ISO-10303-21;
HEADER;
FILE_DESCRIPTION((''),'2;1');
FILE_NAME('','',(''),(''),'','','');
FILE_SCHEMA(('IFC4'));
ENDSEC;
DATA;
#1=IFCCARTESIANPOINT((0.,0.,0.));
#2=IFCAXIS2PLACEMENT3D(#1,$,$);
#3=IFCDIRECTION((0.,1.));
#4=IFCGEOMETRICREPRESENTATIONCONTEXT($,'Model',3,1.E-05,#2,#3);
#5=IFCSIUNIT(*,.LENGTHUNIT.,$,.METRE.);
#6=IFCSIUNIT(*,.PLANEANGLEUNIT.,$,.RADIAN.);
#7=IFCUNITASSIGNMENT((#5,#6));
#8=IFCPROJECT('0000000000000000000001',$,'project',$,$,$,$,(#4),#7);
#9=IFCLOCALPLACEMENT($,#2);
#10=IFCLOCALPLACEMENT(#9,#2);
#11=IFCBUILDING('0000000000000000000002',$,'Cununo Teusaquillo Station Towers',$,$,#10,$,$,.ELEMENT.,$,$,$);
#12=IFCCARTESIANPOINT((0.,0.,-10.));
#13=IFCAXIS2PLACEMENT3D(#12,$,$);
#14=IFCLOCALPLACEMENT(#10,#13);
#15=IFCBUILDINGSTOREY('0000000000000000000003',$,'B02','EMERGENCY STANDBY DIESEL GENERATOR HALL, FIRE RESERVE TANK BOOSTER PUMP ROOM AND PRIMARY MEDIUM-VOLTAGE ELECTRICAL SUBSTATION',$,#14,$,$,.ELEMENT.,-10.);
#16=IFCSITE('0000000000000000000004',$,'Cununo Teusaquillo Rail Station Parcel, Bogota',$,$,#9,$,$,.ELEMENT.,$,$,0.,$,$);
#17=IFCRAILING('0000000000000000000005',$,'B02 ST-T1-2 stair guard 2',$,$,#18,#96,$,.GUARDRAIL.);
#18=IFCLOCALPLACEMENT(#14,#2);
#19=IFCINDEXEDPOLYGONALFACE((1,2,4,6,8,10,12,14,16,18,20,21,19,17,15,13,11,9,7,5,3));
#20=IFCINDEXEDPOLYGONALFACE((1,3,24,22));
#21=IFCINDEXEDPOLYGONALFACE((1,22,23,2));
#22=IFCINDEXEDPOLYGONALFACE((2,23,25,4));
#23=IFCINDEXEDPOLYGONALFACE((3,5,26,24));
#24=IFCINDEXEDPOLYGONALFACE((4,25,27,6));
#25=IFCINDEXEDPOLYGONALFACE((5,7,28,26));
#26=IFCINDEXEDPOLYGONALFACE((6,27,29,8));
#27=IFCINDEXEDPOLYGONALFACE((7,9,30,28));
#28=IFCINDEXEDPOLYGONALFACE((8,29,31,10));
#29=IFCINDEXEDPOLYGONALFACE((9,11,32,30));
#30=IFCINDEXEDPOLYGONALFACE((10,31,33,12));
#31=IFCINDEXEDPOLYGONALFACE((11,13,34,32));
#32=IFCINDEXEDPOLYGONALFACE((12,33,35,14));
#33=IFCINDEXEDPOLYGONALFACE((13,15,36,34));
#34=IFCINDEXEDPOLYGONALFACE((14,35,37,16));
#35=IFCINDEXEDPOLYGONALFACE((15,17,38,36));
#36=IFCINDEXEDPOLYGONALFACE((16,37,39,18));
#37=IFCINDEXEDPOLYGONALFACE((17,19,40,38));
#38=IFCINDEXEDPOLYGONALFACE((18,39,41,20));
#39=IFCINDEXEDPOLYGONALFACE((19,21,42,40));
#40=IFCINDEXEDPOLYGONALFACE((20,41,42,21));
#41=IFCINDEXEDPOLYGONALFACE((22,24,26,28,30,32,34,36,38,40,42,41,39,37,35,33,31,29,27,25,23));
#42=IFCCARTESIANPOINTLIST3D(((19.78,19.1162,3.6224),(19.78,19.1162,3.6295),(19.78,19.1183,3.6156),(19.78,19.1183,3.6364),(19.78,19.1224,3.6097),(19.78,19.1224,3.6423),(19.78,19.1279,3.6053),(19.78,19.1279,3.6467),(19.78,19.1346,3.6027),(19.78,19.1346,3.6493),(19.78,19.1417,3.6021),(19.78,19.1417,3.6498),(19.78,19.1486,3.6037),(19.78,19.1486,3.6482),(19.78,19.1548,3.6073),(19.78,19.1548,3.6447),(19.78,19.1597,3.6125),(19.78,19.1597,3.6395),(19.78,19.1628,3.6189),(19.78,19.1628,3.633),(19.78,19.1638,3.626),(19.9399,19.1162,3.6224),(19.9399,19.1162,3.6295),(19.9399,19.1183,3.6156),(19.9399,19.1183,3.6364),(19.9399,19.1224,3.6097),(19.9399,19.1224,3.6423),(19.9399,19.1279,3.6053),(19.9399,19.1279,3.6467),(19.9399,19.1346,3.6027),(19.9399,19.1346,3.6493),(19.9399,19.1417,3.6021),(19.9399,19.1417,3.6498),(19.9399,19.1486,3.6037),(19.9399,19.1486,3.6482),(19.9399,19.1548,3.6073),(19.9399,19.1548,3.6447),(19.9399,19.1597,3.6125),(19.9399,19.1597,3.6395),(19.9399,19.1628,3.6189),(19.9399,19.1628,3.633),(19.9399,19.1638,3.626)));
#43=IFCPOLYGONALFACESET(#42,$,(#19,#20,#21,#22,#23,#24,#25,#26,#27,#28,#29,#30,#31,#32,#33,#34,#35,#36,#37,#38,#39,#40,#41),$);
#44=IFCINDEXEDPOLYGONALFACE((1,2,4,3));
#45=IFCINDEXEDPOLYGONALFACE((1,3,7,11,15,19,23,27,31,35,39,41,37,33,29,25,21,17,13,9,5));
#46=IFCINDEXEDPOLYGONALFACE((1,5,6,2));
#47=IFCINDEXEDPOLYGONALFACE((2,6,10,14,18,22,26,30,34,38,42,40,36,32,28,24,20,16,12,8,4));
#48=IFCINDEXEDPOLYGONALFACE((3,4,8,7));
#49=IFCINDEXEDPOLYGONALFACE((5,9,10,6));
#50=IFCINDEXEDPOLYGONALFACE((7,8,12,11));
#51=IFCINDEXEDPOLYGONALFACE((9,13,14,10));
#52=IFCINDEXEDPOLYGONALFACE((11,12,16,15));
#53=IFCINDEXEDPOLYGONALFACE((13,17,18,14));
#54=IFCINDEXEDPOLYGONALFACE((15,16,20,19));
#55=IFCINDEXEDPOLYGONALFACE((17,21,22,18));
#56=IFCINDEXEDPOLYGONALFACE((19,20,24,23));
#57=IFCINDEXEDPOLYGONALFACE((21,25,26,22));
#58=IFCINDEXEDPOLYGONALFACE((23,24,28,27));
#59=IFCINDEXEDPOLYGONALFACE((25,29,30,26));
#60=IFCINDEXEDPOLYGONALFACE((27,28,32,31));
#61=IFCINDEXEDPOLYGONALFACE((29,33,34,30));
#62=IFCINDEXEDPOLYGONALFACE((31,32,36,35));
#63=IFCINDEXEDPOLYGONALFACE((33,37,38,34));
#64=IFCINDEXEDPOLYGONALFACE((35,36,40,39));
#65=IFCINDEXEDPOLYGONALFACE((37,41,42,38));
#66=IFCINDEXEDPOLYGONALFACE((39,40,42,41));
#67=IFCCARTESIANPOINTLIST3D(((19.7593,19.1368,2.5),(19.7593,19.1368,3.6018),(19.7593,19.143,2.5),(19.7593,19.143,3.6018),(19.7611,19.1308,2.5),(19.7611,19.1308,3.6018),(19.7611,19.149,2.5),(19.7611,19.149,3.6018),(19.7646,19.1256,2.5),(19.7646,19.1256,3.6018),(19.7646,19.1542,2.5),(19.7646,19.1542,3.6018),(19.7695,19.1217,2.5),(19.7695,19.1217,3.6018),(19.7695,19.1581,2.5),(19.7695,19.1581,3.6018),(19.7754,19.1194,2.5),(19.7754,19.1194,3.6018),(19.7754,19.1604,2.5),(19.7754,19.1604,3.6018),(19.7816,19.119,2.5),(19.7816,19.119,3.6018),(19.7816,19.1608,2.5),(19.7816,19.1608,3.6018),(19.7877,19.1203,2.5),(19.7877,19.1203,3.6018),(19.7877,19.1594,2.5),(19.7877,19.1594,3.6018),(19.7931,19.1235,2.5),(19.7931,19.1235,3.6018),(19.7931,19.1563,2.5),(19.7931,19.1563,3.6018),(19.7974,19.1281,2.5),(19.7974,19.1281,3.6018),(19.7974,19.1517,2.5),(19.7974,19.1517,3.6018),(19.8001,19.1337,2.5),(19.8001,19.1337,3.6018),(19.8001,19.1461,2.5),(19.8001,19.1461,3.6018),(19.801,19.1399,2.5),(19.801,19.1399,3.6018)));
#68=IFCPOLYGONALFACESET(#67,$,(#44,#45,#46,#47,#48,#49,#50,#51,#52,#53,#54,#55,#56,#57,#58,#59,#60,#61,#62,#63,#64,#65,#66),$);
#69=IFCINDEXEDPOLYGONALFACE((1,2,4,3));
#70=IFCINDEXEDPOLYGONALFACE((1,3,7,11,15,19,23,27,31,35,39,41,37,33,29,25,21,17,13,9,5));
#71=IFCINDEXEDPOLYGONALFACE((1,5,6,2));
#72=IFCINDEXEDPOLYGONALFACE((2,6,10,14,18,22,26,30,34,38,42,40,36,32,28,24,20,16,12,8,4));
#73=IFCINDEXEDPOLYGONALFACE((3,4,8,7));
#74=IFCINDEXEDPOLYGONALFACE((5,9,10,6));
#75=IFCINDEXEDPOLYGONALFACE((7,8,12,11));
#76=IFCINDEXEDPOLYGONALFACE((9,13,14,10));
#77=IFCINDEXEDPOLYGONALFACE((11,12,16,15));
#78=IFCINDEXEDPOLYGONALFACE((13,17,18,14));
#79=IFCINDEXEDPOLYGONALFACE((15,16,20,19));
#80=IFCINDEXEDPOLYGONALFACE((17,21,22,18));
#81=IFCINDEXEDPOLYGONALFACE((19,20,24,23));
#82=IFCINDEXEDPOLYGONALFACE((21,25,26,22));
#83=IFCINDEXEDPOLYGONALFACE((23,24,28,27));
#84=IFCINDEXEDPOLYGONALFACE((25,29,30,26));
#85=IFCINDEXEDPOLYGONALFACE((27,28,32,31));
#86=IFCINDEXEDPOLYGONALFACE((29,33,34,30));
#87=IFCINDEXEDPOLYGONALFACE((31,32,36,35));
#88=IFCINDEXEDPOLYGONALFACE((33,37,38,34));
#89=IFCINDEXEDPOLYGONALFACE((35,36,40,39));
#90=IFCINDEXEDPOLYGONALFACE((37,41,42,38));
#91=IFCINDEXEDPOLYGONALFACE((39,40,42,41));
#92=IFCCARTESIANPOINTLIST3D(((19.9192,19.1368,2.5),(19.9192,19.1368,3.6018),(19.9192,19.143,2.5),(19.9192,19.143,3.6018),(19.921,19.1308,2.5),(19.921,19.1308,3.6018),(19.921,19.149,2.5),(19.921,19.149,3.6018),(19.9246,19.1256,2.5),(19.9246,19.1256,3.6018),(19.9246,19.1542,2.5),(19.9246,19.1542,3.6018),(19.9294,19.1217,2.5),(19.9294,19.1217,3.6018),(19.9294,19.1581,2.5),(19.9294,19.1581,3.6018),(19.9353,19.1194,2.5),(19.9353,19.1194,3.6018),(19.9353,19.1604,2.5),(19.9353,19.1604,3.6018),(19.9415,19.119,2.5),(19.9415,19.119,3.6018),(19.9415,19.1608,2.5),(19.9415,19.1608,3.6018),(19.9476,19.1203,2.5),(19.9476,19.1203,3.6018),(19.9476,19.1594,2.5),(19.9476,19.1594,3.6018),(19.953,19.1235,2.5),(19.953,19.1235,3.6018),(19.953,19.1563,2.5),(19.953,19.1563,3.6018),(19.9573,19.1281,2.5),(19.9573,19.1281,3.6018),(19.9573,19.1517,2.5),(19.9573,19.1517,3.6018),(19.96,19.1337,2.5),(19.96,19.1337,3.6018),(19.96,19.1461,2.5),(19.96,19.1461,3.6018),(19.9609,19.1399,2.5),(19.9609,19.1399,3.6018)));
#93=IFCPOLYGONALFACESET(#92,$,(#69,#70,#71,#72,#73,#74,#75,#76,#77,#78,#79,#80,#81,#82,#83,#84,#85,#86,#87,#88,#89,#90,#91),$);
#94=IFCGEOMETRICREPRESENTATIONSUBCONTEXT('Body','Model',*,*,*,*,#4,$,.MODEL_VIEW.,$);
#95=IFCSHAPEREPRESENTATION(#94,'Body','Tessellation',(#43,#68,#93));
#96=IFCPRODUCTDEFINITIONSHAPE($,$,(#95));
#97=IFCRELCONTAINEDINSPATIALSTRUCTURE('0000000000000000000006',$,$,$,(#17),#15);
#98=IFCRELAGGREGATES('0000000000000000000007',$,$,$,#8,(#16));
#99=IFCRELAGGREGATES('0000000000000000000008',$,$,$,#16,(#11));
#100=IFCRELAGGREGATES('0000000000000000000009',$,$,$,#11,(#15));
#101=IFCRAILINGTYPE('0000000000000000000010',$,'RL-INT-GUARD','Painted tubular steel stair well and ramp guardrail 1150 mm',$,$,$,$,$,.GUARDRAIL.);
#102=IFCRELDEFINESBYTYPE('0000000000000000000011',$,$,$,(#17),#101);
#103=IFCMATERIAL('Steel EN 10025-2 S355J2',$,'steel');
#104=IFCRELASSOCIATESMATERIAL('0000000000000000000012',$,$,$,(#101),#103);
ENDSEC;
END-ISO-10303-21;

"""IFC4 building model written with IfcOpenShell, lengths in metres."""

from ifc_helpers import new_model, si_unit, direction, frame, origin, origin_2d, place, context, subcontext, project, spatial, circle, extrude, material, type_object, element, save


model = new_model("IFC4")

# Units and contexts
model_context = context("Model", 3, precision=1e-05, world=origin(), true_north=direction((0.0, 1.0)))
body_context = subcontext(model_context, "Body", "Model", "MODEL_VIEW")
ifc_project = project(units=[si_unit("LENGTHUNIT", "METRE"), si_unit("PLANEANGLEUNIT", "RADIAN")], contexts=[model_context])

# Site, building, storey
site_placement = place(None, origin())
site = spatial("IfcSite", under=ifc_project, at=site_placement, Name="Cununo Teusaquillo Rail Station Parcel, Bogota", CompositionType="ELEMENT", RefElevation=0.0)
building_placement = place(site_placement, origin())
building = spatial("IfcBuilding", under=site, at=building_placement, Name="Cununo Teusaquillo Station Towers", CompositionType="ELEMENT")
storey_placement = place(building_placement, frame((0.0, 0.0, -10.0)))
storey = spatial("IfcBuildingStorey", under=building, at=storey_placement, Name="B02", Description="EMERGENCY STANDBY DIESEL GENERATOR HALL, FIRE RESERVE TANK BOOSTER PUMP ROOM AND PRIMARY MEDIUM-VOLTAGE ELECTRICAL SUBSTATION", CompositionType="ELEMENT", Elevation=-10.0)

# Railing
ifc_material_1 = material(Name="Steel EN 10025-2 S355J2", Category="steel")
railing_type_1 = type_object("IfcRailingType", Name="RL-INT-GUARD", Description="Painted tubular steel stair well and ramp guardrail 1150 mm", PredefinedType="GUARDRAIL", material=ifc_material_1)
railing_1_placement = place(storey_placement, frame((19.78, 19.1399, 2.5)))
element("IfcRailing", 1, at=railing_1_placement, inside=storey, type_object=railing_type_1, Name="B02 ST-T1-2 stair guard 2", PredefinedType="GUARDRAIL", context=body_context, shape_type="SweptSolid", body=[
    extrude(circle(Radius=0.0239, at=origin_2d()), frame((0.0, 0.0, 1.126), z_axis=(1.0, 0.0, 0.0), x_axis=(0.0, 1.0, 0.0)), (0.0, 0.0, 1.0), 0.1599),
    extrude(circle(Radius=0.021, at=origin_2d()), origin(), (0.0, 0.0, 1.0), 1.1018),
    extrude(circle(Radius=0.021, at=origin_2d()), frame((0.1599, 0.0, 0.0)), (0.0, 0.0, 1.0), 1.1018),
])

save(model, "model.ifc")
